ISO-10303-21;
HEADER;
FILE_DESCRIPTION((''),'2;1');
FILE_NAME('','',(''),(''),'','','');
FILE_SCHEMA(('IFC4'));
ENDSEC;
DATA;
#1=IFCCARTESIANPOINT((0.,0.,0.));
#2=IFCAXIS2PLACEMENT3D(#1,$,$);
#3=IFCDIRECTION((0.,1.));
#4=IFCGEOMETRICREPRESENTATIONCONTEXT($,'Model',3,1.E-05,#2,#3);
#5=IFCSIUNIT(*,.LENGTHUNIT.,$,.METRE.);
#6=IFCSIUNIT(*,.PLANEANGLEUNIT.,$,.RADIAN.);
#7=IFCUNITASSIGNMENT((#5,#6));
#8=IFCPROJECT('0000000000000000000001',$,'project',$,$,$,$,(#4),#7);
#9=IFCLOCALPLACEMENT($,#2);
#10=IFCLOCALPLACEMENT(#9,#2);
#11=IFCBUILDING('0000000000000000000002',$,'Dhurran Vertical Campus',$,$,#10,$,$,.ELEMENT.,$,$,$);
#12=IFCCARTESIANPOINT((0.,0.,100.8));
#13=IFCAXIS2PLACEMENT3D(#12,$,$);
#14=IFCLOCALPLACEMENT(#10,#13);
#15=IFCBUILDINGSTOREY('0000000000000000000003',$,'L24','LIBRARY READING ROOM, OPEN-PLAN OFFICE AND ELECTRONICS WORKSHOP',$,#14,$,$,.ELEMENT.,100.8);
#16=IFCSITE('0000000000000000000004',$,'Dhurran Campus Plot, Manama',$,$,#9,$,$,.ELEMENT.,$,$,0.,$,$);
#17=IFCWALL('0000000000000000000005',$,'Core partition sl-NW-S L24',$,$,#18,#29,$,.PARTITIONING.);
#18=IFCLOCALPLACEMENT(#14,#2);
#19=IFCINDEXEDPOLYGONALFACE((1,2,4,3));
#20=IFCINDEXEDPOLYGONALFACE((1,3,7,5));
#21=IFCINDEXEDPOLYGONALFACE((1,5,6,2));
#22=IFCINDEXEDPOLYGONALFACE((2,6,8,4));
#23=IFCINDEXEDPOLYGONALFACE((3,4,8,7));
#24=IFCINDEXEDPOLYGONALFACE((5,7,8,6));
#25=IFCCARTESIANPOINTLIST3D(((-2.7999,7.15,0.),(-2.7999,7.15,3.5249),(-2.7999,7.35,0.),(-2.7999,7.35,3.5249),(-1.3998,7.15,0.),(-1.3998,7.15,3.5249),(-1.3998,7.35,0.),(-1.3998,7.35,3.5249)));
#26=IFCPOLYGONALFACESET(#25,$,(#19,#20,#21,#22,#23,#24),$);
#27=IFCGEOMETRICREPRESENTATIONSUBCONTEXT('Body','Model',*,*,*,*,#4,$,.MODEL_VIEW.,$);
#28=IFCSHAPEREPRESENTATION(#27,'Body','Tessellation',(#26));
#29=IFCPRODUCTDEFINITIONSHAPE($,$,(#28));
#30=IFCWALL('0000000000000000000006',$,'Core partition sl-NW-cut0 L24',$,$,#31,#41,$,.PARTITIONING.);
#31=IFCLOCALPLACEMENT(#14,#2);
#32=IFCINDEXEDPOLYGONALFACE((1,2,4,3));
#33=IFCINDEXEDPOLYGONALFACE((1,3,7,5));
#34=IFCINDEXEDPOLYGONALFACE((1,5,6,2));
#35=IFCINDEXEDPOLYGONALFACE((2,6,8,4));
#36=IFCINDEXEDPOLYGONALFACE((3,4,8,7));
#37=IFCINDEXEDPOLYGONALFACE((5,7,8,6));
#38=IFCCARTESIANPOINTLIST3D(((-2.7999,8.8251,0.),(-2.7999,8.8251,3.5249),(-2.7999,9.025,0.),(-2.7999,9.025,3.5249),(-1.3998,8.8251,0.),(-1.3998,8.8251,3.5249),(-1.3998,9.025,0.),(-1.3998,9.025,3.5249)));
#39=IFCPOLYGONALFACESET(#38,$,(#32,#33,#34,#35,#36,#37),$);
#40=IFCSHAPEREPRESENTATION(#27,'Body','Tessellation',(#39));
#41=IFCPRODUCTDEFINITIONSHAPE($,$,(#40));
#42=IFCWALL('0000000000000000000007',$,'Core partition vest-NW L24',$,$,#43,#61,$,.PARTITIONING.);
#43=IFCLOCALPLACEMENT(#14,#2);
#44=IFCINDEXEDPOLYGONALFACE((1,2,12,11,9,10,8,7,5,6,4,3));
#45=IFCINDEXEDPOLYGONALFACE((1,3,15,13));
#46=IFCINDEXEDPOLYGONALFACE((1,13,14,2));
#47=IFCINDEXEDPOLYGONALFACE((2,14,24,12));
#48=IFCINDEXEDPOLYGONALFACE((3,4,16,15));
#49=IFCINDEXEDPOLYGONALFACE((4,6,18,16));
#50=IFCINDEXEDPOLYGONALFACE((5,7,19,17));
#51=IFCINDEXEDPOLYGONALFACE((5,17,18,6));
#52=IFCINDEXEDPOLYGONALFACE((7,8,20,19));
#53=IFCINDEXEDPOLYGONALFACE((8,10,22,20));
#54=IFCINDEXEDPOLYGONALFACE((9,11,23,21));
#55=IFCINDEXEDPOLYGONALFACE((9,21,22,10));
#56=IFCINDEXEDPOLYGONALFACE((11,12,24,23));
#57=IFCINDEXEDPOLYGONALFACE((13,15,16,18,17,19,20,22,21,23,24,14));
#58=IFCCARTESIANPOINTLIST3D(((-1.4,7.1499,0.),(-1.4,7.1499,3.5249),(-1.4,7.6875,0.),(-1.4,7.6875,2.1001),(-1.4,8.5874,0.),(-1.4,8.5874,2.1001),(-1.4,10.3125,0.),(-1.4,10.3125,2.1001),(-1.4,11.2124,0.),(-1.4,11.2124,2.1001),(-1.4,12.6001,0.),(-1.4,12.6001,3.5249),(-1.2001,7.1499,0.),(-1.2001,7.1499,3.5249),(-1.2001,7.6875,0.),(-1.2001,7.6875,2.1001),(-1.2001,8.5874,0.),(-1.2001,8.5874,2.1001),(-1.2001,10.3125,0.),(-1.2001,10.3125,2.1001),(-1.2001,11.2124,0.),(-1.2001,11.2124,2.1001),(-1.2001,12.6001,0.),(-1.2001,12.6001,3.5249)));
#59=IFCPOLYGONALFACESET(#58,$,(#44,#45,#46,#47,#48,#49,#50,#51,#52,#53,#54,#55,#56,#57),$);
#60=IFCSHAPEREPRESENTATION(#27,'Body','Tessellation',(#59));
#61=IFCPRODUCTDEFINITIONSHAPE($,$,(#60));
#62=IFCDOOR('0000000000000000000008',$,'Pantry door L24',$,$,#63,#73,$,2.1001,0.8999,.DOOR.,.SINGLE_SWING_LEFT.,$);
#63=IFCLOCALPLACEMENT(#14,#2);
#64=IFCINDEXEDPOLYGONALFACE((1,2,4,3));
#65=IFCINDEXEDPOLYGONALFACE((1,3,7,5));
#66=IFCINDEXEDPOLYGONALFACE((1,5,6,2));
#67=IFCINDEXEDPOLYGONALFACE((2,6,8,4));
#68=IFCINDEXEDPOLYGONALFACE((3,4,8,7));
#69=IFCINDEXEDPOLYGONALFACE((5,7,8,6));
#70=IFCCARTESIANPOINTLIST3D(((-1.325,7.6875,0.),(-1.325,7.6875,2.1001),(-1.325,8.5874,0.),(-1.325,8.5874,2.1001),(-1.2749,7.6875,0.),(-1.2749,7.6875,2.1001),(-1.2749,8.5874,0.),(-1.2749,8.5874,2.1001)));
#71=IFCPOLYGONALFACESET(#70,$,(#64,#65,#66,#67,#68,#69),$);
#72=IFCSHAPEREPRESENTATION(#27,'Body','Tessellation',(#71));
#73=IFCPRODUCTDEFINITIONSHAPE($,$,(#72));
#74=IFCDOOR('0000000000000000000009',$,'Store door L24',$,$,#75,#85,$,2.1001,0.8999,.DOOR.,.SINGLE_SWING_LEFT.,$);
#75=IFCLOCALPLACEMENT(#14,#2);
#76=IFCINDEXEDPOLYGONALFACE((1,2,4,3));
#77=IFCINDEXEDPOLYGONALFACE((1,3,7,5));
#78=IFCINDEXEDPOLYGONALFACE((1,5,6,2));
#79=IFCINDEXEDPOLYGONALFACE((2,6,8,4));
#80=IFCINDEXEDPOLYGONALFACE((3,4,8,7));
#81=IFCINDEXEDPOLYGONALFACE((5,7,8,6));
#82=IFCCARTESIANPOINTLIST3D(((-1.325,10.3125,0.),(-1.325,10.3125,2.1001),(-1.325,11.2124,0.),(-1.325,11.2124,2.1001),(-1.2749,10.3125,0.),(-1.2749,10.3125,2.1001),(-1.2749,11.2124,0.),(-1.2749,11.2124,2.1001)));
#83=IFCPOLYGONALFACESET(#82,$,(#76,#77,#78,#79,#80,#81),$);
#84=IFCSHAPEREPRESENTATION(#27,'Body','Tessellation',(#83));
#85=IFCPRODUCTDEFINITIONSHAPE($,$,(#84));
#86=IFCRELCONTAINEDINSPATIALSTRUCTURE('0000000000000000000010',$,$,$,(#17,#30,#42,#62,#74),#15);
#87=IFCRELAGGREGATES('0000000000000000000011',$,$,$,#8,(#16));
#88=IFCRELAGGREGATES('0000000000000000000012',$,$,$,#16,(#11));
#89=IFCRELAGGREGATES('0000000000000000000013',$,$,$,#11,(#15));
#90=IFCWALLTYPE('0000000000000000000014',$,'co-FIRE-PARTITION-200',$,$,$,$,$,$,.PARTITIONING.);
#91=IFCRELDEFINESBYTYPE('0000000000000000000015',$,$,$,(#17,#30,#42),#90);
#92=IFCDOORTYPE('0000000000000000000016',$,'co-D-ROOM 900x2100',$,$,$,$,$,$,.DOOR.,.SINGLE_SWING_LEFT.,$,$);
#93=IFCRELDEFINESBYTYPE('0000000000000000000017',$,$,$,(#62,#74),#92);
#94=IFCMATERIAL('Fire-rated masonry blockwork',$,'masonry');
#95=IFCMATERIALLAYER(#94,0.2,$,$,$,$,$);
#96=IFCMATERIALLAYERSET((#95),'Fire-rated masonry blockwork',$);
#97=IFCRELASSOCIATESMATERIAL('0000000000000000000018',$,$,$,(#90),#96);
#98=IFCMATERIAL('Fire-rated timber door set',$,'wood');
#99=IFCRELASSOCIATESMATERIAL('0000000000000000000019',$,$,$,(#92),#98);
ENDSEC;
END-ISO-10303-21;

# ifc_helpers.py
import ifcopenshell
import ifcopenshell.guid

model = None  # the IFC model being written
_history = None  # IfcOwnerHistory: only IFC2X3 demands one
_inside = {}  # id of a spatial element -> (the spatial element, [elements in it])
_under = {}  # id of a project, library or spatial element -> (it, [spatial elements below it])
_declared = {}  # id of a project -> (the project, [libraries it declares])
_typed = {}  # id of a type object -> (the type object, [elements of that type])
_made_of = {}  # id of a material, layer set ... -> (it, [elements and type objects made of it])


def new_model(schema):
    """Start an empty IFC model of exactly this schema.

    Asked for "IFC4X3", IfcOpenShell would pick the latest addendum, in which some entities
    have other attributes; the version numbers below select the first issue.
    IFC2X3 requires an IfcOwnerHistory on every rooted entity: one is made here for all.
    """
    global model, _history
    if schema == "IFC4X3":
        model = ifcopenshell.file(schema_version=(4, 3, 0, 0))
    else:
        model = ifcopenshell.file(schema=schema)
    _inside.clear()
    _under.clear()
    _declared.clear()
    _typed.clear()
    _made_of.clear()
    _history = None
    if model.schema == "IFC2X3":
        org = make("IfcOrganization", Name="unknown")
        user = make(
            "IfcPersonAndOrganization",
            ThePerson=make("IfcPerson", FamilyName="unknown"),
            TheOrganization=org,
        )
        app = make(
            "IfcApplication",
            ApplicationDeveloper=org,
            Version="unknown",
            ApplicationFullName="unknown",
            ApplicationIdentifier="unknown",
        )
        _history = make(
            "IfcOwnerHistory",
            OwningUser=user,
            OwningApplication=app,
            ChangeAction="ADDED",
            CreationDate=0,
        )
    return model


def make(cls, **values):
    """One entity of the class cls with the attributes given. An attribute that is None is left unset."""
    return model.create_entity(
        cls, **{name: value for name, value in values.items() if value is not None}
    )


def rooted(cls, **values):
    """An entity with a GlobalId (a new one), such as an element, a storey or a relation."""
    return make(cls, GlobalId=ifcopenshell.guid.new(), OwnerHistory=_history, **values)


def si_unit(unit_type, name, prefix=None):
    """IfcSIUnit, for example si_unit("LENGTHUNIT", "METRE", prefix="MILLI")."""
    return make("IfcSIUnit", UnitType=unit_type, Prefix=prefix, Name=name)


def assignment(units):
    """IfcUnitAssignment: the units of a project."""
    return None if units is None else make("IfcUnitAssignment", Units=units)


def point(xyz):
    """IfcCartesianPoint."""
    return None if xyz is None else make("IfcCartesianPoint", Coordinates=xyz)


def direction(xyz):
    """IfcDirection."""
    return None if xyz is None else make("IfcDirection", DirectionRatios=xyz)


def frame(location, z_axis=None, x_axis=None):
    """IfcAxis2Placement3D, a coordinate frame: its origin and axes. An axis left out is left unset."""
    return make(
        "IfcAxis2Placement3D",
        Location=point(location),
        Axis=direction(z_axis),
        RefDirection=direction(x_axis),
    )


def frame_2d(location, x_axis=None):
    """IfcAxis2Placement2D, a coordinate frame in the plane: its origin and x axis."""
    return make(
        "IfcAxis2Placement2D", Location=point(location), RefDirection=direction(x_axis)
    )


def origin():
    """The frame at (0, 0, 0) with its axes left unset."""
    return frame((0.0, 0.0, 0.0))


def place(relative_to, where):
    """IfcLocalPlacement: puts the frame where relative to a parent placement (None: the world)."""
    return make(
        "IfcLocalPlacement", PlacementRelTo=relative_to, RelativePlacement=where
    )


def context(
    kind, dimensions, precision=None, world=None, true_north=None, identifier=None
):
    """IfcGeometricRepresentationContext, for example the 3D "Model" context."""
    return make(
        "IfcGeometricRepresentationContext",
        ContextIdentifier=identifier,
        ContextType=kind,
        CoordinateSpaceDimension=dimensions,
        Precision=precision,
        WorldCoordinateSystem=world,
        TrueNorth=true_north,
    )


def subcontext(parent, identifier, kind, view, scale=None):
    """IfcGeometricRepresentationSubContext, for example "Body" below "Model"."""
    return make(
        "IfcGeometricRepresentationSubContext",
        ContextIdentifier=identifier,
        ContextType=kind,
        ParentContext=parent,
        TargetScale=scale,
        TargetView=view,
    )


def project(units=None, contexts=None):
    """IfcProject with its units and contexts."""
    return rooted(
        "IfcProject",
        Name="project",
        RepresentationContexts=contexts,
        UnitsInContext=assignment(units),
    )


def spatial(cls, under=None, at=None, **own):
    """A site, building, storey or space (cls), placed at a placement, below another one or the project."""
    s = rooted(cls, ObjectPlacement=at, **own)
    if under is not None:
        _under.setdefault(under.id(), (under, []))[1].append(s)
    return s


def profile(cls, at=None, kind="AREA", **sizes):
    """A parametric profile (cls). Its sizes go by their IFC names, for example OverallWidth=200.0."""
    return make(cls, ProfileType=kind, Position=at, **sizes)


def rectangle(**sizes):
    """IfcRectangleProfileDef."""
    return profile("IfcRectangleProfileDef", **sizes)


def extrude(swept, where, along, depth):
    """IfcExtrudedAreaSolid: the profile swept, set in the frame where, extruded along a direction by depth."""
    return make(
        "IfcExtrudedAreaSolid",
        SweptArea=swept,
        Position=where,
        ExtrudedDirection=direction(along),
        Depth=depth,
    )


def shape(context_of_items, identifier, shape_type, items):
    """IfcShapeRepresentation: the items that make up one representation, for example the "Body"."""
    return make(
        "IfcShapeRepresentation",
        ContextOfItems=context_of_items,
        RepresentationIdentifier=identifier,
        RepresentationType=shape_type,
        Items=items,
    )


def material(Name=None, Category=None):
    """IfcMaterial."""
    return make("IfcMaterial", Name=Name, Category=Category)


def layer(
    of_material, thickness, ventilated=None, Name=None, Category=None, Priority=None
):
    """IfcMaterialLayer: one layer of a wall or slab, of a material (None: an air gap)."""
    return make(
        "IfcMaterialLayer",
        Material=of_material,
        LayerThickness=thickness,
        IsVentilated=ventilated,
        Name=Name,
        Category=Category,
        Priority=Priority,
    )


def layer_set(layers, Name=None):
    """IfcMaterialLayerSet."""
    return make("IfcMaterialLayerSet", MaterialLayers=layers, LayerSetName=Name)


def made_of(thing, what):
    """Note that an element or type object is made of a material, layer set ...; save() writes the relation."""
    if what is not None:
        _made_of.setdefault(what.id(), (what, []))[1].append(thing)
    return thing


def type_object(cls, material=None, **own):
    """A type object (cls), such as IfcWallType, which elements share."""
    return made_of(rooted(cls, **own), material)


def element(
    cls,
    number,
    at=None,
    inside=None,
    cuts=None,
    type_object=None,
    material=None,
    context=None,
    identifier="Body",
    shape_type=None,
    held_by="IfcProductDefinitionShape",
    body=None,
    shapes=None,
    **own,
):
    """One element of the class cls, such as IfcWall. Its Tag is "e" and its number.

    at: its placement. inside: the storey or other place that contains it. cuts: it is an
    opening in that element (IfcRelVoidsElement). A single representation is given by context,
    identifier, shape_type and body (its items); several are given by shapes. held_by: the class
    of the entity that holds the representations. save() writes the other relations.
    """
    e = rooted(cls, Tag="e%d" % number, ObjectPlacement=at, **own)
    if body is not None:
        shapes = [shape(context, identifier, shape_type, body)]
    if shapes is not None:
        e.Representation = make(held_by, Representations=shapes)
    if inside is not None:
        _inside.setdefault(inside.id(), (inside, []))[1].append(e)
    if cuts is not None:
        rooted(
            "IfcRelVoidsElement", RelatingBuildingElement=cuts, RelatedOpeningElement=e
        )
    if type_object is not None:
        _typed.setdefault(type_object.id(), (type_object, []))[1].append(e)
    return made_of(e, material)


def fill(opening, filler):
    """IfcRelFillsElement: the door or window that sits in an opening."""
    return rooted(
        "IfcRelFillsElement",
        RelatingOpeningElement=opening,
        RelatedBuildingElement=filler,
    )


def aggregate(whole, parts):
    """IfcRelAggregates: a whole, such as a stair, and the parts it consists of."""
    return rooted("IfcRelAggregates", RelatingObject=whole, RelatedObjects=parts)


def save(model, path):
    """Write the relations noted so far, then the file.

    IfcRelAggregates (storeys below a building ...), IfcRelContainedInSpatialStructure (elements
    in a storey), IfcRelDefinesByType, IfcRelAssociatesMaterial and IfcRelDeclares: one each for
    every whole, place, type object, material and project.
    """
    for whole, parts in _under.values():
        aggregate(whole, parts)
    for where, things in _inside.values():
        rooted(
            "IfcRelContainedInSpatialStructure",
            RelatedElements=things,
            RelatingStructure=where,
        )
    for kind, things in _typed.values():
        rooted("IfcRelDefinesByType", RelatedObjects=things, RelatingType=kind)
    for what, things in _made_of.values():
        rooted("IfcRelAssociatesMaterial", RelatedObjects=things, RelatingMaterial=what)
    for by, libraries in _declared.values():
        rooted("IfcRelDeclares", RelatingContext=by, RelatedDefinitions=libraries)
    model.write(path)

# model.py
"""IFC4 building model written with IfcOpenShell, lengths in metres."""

from ifc_helpers import new_model, si_unit, direction, frame, frame_2d, origin, place, context, subcontext, project, spatial, rectangle, extrude, material, layer, layer_set, type_object, element, fill, save


model = new_model("IFC4")

# Units and contexts
model_context = context("Model", 3, precision=1e-05, world=origin(), true_north=direction((0.0, 1.0)))
body_context = subcontext(model_context, "Body", "Model", "MODEL_VIEW")
ifc_project = project(units=[si_unit("LENGTHUNIT", "METRE"), si_unit("PLANEANGLEUNIT", "RADIAN")], contexts=[model_context])

# Site, building, storey
site_placement = place(None, origin())
site = spatial("IfcSite", under=ifc_project, at=site_placement, Name="Dhurran Campus Plot, Manama", CompositionType="ELEMENT", RefElevation=0.0)
building_placement = place(site_placement, origin())
building = spatial("IfcBuilding", under=site, at=building_placement, Name="Dhurran Vertical Campus", CompositionType="ELEMENT")
storey_placement = place(building_placement, frame((0.0, 0.0, 100.8)))
storey = spatial("IfcBuildingStorey", under=building, at=storey_placement, Name="L24", Description="LIBRARY READING ROOM, OPEN-PLAN OFFICE AND ELECTRONICS WORKSHOP", CompositionType="ELEMENT", Elevation=100.8)

# Walls
ifc_material_1 = material(Name="Fire-rated masonry blockwork", Category="masonry")
ifc_layer_1 = layer(ifc_material_1, 0.2)
ifc_layer_set_1 = layer_set([ifc_layer_1], Name="Fire-rated masonry blockwork")
wall_type_1 = type_object("IfcWallType", Name="co-FIRE-PARTITION-200", PredefinedType="PARTITIONING", material=ifc_layer_set_1)
for number, where, z_axis, x_axis, name in (
    (1, (-2.8, 7.25, 0.0), (0.0, 0.0, 1.0), (1.0, 0.0, 0.0), "Core partition sl-NW-S L24"),
    (2, (-2.8, 8.925, 0.0), (0.0, 0.0, 1.0), (1.0, 0.0, 0.0), "Core partition sl-NW-cut0 L24"),
):
    element("IfcWall", number, at=place(storey_placement, frame(where, z_axis=z_axis, x_axis=x_axis)), inside=storey, type_object=wall_type_1, Name=name, PredefinedType="PARTITIONING", context=body_context, shape_type="SweptSolid", body=[
        extrude(rectangle(XDim=1.4001, YDim=0.2, at=frame_2d((0.7002, 0.0))), origin(), (0.0, 0.0, 1.0), 3.5249),
    ])

# Wall, openings, doors
wall_1_placement = place(storey_placement, frame((-1.3, 7.1499, 0.0), z_axis=(0.0, 0.0, 1.0), x_axis=(0.0, 1.0, 0.0)))
wall_1 = element("IfcWall", 3, at=wall_1_placement, inside=storey, type_object=wall_type_1, Name="Core partition vest-NW L24", PredefinedType="PARTITIONING", context=body_context, shape_type="SweptSolid", body=[
    extrude(rectangle(XDim=5.4502, YDim=0.2, at=frame_2d((2.7251, 0.0))), origin(), (0.0, 0.0, 1.0), 3.5249),
])
opening_1_placement = place(wall_1_placement, frame((0.5376, 0.0, 0.0)))
opening_1 = element("IfcOpeningElement", 4, at=opening_1_placement, cuts=wall_1, PredefinedType="OPENING", context=body_context, shape_type="SweptSolid", body=[
    extrude(rectangle(XDim=0.8999, YDim=2.1001, at=frame_2d((0.45, 1.05))), frame((0.0, 0.1099, 0.0), z_axis=(0.0, -1.0, 0.0), x_axis=(1.0, 0.0, 0.0)), (0.0, 0.0, 1.0), 0.22),
])
opening_2_placement = place(wall_1_placement, frame((3.1626, 0.0, 0.0)))
opening_2 = element("IfcOpeningElement", 5, at=opening_2_placement, cuts=wall_1, PredefinedType="OPENING", context=body_context, shape_type="SweptSolid", body=[
    extrude(rectangle(XDim=0.8999, YDim=2.1001, at=frame_2d((0.45, 1.05))), frame((0.0, 0.1099, 0.0), z_axis=(0.0, -1.0, 0.0), x_axis=(1.0, 0.0, 0.0)), (0.0, 0.0, 1.0), 0.22),
])
ifc_material_2 = material(Name="Fire-rated timber door set", Category="wood")
door_type_1 = type_object("IfcDoorType", Name="co-D-ROOM 900x2100", OperationType="SINGLE_SWING_LEFT", PredefinedType="DOOR", material=ifc_material_2)
door_1_placement = place(opening_1_placement, origin())
door_1 = element("IfcDoor", 6, at=door_1_placement, inside=storey, type_object=door_type_1, Name="Pantry door L24", OperationType="SINGLE_SWING_LEFT", OverallHeight=2.1001, OverallWidth=0.8999, PredefinedType="DOOR", context=body_context, shape_type="SweptSolid", body=[
    extrude(rectangle(XDim=0.8999, YDim=2.1001, at=frame_2d((0.45, 1.05))), frame((0.0, 0.0249, 0.0), z_axis=(0.0, -1.0, 0.0), x_axis=(1.0, 0.0, 0.0)), (0.0, 0.0, 1.0), 0.05),
])
fill(opening_1, door_1)
door_2_placement = place(opening_2_placement, origin())
door_2 = element("IfcDoor", 7, at=door_2_placement, inside=storey, type_object=door_type_1, Name="Store door L24", OperationType="SINGLE_SWING_LEFT", OverallHeight=2.1001, OverallWidth=0.8999, PredefinedType="DOOR", context=body_context, shape_type="SweptSolid", body=[
    extrude(rectangle(XDim=0.8999, YDim=2.1001, at=frame_2d((0.45, 1.05))), frame((0.0, 0.0249, 0.0), z_axis=(0.0, -1.0, 0.0), x_axis=(1.0, 0.0, 0.0)), (0.0, 0.0, 1.0), 0.05),
])
fill(opening_2, door_2)

save(model, "model.ifc")
